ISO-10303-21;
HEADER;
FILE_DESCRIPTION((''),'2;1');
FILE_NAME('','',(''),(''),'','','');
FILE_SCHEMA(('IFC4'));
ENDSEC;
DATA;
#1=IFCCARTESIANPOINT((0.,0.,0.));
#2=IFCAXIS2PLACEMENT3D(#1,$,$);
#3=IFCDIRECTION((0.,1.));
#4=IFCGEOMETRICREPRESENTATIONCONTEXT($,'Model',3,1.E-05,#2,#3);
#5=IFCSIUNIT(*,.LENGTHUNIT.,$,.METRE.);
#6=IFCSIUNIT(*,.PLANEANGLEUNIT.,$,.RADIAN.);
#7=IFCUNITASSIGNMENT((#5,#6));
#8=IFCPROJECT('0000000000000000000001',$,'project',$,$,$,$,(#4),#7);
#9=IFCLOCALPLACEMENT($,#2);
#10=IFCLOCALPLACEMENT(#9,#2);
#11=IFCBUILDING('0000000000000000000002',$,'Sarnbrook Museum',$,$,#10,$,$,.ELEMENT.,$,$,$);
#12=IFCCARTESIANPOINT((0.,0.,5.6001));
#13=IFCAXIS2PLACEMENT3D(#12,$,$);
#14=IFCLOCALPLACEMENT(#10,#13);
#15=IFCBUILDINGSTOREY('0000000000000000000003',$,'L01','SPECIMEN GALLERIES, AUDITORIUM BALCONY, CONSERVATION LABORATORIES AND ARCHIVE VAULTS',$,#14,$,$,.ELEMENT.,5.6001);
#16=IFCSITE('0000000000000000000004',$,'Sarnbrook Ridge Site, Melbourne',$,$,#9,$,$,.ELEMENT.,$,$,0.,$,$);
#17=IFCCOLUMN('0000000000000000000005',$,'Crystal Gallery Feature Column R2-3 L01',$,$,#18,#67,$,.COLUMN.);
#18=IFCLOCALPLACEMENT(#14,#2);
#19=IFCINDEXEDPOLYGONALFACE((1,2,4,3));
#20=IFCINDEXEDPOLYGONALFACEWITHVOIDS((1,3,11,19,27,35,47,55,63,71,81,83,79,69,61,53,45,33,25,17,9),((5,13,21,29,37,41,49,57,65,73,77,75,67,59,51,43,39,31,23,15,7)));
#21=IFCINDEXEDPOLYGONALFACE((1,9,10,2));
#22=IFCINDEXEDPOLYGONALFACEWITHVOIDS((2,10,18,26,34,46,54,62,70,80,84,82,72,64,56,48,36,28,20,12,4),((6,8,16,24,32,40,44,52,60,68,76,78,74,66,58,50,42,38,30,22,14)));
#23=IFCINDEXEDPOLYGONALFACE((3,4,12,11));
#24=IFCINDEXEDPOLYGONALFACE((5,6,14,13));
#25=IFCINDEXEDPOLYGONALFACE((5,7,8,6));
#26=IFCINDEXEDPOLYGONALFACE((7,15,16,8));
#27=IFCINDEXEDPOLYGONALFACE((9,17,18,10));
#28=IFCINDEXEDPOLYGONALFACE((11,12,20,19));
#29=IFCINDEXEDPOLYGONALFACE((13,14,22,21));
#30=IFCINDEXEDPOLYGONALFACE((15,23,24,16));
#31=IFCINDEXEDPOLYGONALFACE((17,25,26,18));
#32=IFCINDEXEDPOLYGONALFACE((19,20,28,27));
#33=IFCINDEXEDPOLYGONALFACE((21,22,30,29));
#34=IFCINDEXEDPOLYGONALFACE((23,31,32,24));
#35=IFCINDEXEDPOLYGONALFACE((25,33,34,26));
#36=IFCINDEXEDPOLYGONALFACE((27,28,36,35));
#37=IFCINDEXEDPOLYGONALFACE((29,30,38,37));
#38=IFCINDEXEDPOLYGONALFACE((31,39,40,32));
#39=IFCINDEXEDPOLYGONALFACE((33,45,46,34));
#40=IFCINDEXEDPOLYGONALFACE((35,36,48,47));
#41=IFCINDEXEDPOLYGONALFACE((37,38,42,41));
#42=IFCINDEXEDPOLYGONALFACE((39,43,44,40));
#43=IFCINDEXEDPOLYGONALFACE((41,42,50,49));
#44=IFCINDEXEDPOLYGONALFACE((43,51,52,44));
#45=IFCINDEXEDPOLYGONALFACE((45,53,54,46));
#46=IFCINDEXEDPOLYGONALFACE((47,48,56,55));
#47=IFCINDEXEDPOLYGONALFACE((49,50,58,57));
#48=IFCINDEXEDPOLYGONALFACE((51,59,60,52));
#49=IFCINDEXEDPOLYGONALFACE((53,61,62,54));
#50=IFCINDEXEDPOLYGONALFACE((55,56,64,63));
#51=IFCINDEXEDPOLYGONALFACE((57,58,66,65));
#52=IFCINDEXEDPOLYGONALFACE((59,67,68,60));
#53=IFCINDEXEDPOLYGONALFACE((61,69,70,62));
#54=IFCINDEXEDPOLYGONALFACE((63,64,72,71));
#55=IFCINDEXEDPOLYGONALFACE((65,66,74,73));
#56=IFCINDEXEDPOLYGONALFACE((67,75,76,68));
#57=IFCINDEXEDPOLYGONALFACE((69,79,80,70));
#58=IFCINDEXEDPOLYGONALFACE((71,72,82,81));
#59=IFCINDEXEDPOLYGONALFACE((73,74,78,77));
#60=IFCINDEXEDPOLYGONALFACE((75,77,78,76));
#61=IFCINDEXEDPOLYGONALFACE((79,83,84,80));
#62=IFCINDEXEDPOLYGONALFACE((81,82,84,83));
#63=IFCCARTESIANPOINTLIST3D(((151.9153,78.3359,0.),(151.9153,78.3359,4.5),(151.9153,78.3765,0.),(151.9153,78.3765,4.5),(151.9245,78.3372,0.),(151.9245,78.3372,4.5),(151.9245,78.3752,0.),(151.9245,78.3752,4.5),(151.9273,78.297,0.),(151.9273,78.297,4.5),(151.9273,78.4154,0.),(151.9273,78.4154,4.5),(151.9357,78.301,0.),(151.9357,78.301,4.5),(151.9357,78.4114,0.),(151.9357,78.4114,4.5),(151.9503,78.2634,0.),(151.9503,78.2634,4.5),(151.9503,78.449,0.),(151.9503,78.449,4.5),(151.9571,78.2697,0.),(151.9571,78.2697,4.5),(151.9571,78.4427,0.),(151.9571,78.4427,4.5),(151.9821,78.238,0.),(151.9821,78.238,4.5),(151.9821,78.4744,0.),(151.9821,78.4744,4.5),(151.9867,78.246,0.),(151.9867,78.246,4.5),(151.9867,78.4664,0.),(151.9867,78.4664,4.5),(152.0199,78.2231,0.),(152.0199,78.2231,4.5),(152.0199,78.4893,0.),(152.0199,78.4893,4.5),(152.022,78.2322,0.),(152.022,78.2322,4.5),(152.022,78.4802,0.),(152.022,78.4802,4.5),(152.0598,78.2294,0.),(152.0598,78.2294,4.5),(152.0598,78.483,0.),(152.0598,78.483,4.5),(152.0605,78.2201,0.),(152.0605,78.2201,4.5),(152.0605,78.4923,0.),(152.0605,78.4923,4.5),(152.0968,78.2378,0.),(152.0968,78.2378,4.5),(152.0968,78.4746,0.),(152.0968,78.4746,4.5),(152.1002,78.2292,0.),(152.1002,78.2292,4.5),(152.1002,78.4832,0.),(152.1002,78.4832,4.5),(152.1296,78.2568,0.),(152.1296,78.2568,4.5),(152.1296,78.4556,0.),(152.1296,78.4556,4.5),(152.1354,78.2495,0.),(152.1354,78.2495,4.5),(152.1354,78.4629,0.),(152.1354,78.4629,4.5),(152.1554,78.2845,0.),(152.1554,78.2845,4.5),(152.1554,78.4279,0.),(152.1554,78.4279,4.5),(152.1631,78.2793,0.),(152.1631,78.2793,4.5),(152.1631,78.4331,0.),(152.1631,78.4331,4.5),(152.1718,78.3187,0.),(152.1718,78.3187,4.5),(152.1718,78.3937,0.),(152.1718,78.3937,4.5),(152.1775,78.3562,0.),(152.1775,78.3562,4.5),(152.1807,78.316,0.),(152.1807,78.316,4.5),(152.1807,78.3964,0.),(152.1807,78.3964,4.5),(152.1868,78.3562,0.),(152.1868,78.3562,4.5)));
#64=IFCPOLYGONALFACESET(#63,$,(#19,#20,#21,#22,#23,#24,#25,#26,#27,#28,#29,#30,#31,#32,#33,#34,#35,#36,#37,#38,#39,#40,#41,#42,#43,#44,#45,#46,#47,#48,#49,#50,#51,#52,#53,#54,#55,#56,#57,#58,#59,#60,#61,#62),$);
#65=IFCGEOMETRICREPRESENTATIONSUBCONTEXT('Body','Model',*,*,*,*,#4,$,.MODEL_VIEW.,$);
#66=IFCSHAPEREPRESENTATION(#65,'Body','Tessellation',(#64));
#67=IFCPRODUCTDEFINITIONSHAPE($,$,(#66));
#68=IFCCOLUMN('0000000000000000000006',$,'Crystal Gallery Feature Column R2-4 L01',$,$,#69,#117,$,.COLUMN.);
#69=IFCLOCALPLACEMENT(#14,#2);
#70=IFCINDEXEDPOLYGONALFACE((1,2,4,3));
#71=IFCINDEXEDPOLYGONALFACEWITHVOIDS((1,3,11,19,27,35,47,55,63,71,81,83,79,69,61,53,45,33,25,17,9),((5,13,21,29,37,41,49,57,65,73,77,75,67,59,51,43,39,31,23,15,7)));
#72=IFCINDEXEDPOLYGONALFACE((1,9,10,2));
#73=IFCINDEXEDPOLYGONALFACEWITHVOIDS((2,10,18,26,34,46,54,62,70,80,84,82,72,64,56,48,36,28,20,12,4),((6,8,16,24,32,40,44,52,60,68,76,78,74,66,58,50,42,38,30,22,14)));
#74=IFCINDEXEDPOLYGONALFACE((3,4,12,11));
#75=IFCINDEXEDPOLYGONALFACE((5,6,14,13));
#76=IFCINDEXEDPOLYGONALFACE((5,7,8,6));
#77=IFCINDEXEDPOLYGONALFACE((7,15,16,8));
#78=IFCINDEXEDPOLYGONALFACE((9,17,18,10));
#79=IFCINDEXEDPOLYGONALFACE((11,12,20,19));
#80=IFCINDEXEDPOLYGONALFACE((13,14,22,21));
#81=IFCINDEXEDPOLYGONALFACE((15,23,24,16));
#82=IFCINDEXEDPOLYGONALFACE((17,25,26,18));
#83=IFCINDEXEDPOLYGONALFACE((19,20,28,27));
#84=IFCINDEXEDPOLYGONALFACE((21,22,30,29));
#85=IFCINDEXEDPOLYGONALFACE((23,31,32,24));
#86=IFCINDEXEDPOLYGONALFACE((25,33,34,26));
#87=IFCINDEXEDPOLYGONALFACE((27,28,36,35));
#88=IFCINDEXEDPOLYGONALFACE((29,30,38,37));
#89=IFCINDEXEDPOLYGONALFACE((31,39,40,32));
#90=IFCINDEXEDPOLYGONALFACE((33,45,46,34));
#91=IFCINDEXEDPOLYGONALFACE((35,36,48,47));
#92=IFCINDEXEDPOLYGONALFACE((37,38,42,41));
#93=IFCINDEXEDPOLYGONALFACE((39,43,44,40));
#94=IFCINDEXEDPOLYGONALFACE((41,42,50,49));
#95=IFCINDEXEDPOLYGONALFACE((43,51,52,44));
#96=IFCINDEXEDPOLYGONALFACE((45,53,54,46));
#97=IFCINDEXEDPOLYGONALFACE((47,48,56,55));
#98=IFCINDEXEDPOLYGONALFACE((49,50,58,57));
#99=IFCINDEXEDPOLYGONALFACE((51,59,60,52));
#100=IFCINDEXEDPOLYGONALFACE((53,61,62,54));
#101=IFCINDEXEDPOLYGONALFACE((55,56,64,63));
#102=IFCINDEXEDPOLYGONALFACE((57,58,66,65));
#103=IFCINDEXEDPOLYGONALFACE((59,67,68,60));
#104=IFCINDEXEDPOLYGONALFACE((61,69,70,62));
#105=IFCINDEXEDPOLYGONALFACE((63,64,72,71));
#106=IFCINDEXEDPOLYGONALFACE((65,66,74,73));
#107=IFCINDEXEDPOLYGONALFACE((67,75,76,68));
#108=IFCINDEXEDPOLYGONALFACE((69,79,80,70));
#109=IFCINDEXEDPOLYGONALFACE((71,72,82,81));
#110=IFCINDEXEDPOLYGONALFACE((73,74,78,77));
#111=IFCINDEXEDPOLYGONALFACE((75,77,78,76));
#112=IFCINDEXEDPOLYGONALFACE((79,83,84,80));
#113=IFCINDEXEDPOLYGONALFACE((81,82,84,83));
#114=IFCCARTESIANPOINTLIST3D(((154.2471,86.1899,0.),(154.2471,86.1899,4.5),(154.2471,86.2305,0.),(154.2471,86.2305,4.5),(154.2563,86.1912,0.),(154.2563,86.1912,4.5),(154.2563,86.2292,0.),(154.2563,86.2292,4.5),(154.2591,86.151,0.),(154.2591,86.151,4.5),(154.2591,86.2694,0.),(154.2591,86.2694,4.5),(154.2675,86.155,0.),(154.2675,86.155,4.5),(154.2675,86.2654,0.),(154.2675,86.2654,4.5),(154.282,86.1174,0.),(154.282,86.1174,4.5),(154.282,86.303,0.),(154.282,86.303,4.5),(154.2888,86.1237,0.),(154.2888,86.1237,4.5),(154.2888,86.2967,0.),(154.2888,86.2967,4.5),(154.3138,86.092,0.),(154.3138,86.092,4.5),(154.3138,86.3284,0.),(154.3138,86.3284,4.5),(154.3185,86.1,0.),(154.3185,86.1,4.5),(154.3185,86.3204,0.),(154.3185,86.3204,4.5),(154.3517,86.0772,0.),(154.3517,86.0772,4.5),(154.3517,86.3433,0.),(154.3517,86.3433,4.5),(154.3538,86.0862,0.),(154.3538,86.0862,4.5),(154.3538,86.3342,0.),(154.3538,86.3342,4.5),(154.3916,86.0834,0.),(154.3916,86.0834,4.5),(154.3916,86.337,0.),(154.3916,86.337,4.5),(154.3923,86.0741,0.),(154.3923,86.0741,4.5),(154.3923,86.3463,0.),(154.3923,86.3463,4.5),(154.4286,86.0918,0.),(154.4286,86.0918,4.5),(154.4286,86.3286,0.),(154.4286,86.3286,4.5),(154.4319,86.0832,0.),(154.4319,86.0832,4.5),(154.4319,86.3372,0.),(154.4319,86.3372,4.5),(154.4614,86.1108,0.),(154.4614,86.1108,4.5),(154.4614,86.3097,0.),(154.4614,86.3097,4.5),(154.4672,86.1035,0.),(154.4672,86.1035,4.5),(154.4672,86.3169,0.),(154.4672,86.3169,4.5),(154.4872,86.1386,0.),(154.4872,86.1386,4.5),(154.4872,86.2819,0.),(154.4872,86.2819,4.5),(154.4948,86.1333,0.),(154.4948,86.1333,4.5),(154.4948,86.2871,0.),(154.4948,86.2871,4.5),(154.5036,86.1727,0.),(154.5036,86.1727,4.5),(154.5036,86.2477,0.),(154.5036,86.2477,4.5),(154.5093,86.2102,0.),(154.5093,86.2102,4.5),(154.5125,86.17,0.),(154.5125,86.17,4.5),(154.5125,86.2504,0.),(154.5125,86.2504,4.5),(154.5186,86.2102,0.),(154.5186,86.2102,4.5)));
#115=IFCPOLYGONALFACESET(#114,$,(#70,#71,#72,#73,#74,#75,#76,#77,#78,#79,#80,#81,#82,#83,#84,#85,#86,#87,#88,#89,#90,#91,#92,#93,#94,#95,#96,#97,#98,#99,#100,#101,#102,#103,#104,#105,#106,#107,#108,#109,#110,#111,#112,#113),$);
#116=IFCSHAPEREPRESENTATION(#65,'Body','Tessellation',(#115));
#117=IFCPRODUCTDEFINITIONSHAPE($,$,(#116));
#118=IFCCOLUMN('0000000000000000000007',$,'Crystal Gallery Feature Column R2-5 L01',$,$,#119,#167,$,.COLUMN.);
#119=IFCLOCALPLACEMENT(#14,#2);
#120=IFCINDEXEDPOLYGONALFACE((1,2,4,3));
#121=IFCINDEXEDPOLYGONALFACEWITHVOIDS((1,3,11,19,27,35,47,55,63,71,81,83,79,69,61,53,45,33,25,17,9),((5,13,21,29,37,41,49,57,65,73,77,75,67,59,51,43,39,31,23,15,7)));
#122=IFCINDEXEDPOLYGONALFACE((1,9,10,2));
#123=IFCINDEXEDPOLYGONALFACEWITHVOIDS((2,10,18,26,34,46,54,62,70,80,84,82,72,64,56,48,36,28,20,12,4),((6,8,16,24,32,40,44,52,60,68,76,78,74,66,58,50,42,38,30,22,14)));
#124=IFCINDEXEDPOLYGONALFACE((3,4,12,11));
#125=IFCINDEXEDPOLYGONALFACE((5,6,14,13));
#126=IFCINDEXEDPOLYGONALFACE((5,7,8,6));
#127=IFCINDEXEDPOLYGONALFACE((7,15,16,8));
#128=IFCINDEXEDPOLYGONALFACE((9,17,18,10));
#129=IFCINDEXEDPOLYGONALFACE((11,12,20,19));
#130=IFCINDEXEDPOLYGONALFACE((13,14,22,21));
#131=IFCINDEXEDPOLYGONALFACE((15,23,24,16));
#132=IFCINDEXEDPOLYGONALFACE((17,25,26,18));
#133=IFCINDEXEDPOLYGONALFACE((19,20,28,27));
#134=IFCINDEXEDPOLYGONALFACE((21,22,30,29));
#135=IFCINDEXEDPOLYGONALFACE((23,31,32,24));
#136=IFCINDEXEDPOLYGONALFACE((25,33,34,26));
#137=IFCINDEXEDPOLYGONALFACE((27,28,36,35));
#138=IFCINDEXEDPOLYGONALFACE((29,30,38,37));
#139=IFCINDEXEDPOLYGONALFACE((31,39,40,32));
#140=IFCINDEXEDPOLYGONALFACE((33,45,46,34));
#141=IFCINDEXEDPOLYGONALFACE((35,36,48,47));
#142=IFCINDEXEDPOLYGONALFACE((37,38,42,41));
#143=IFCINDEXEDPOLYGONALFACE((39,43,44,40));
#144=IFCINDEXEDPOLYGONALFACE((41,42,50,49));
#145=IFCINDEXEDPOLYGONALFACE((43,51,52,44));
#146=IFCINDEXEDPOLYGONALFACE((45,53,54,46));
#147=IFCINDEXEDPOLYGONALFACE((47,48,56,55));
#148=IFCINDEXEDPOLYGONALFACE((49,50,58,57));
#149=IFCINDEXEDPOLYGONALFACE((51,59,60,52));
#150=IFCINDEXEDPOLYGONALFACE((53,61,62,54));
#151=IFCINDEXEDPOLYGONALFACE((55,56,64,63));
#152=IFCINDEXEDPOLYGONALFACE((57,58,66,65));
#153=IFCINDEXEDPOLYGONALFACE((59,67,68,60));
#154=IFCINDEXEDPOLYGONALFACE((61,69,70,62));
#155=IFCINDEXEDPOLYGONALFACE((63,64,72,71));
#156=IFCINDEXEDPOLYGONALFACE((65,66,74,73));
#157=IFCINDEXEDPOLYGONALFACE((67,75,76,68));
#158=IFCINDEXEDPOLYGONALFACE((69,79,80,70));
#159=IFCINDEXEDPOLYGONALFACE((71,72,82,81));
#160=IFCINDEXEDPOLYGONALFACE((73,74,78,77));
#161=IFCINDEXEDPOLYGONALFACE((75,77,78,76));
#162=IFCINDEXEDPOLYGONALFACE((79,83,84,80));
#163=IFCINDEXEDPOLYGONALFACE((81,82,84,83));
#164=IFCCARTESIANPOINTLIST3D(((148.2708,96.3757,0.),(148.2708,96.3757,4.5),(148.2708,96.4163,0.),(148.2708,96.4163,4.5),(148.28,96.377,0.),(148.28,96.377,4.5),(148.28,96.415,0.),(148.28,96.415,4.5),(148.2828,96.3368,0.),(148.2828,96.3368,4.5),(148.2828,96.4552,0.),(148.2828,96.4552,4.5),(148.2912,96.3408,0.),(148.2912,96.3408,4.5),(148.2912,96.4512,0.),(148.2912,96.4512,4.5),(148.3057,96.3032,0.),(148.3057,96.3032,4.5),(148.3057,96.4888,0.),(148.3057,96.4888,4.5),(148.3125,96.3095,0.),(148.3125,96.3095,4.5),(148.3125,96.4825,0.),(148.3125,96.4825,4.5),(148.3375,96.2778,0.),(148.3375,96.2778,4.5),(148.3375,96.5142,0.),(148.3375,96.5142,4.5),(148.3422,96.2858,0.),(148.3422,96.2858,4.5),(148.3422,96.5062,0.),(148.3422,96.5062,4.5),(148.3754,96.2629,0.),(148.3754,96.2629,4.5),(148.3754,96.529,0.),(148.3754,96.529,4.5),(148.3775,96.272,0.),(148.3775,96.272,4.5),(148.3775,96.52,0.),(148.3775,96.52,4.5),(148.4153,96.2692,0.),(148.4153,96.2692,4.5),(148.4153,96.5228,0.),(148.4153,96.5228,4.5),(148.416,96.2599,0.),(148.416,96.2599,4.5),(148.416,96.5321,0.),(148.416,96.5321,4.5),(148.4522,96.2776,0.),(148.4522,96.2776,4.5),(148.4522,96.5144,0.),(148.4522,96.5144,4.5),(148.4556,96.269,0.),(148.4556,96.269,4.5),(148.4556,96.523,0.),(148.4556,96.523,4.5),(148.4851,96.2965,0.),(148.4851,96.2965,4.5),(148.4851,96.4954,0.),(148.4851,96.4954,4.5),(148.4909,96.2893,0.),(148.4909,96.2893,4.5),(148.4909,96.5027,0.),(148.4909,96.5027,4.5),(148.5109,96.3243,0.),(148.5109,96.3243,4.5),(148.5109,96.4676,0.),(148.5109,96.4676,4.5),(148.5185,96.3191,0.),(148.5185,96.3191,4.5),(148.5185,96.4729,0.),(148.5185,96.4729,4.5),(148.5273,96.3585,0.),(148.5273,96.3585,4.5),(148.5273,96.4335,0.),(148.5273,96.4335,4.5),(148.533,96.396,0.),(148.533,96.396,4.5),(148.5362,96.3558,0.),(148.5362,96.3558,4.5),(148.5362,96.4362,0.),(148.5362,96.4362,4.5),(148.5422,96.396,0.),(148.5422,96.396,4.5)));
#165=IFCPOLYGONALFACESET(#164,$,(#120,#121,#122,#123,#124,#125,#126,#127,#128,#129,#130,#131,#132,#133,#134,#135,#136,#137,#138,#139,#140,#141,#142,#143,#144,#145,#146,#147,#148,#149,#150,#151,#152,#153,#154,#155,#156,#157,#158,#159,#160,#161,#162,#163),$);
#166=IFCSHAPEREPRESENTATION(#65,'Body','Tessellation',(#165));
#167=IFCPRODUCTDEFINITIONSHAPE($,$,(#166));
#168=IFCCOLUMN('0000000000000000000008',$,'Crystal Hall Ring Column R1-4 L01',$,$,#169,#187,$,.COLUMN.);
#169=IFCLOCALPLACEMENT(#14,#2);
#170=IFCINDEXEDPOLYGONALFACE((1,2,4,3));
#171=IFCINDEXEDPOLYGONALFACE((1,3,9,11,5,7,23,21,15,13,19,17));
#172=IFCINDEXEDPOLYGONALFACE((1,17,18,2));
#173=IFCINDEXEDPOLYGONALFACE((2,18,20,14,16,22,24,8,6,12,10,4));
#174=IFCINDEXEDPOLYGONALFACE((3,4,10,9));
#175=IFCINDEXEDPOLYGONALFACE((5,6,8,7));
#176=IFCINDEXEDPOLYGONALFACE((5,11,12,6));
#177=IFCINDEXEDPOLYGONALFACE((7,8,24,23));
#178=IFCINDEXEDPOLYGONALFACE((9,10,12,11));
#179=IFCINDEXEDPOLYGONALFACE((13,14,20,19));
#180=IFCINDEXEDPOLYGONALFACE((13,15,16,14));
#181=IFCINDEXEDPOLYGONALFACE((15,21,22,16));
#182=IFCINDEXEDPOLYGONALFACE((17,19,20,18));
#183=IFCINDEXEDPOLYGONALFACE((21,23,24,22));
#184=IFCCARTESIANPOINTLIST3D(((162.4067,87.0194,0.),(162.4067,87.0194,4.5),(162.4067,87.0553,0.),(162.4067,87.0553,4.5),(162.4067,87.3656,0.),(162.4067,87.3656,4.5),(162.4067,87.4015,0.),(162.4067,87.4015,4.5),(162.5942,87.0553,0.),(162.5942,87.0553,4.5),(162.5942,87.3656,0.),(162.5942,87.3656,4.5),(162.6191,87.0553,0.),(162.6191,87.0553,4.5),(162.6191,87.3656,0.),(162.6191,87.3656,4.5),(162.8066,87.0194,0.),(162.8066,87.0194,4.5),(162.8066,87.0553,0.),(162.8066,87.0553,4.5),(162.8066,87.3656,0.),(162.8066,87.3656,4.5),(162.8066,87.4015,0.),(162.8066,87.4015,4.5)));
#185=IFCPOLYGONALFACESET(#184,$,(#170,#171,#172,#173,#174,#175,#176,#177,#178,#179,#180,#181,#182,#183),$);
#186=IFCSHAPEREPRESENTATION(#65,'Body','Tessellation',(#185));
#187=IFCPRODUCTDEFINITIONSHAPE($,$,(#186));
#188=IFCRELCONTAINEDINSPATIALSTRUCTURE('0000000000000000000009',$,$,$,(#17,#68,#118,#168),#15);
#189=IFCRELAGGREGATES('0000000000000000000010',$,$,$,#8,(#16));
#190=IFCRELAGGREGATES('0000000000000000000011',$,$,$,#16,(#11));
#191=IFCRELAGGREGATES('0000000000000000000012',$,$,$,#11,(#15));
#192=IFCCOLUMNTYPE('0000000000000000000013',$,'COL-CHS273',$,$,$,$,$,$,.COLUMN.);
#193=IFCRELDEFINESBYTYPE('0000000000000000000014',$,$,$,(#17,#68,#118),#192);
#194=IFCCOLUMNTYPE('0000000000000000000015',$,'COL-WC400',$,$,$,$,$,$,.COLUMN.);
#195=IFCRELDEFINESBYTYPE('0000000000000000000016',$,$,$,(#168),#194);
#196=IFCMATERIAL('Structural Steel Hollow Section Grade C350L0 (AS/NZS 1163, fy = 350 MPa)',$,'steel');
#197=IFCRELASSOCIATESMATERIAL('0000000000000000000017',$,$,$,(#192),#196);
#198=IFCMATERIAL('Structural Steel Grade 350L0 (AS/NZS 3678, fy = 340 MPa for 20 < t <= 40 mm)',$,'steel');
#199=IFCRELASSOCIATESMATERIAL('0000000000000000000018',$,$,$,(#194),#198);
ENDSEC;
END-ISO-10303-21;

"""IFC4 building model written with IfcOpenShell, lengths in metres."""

from ifc_helpers import new_model, si_unit, direction, frame, origin, origin_2d, place, context, subcontext, project, spatial, hollow_circle, i_section, extrude, material, material_profile, profile_set, type_object, element, save


model = new_model("IFC4")

# Units and contexts
model_context = context("Model", 3, precision=1e-05, world=origin(), true_north=direction((0.0, 1.0)))
body_context = subcontext(model_context, "Body", "Model", "MODEL_VIEW")
ifc_project = project(units=[si_unit("LENGTHUNIT", "METRE"), si_unit("PLANEANGLEUNIT", "RADIAN")], contexts=[model_context])

# Site, building, storey
site_placement = place(None, origin())
site = spatial("IfcSite", under=ifc_project, at=site_placement, Name="Sarnbrook Ridge Site, Melbourne", CompositionType="ELEMENT", RefElevation=0.0)
building_placement = place(site_placement, origin())
building = spatial("IfcBuilding", under=site, at=building_placement, Name="Sarnbrook Museum", CompositionType="ELEMENT")
storey_placement = place(building_placement, frame((0.0, 0.0, 5.6001)))
storey = spatial("IfcBuildingStorey", under=building, at=storey_placement, Name="L01", Description="SPECIMEN GALLERIES, AUDITORIUM BALCONY, CONSERVATION LABORATORIES AND ARCHIVE VAULTS", CompositionType="ELEMENT", Elevation=5.6001)

# Columns
ifc_material_1 = material(Name="Structural Steel Hollow Section Grade C350L0 (AS/NZS 1163, fy = 350 MPa)", Category="steel")
ifc_material_profile_1 = material_profile(ifc_material_1, hollow_circle(Radius=0.1365, WallThickness=0.0093, at=origin_2d()), Name="273.1x9.3CHS")
ifc_profile_set_1 = profile_set([ifc_material_profile_1], Name="Structural Steel Hollow Section Grade C350L0 (AS/NZS 1163, fy = 350 MPa)")
column_type_1 = type_object("IfcColumnType", Name="COL-CHS273", PredefinedType="COLUMN", material=ifc_profile_set_1)
for number, where, z_axis, x_axis, name in (
    (1, (152.0503, 78.3562, 0.0), (0.0, 0.0, 1.0), (1.0, 0.0, 0.0), "Crystal Gallery Feature Column R2-3 L01"),
    (2, (154.3821, 86.2102, 0.0), (0.0, 0.0, 1.0), (1.0, 0.0, 0.0), "Crystal Gallery Feature Column R2-4 L01"),
    (3, (148.4058, 96.396, 0.0), (0.0, 0.0, 1.0), (1.0, 0.0, 0.0), "Crystal Gallery Feature Column R2-5 L01"),
):
    element("IfcColumn", number, at=place(storey_placement, frame(where, z_axis=z_axis, x_axis=x_axis)), inside=storey, type_object=column_type_1, Name=name, PredefinedType="COLUMN", context=body_context, shape_type="SweptSolid", body=[
        extrude(hollow_circle(Radius=0.1365, WallThickness=0.0093, at=origin_2d()), origin(), (0.0, 0.0, 1.0), 4.5),
    ])
ifc_material_2 = material(Name="Structural Steel Grade 350L0 (AS/NZS 3678, fy = 340 MPa for 20 < t <= 40 mm)", Category="steel")
ifc_material_profile_2 = material_profile(ifc_material_2, i_section(OverallWidth=0.3999, OverallDepth=0.3821, WebThickness=0.0249, FlangeThickness=0.0359, at=origin_2d()), Name="400WC270")
ifc_profile_set_2 = profile_set([ifc_material_profile_2], Name="Structural Steel Grade 350L0 (AS/NZS 3678, fy = 340 MPa for 20 < t <= 40 mm)")
column_type_2 = type_object("IfcColumnType", Name="COL-WC400", PredefinedType="COLUMN", material=ifc_profile_set_2)
column_placement = place(storey_placement, frame((162.6067, 87.2104, 0.0), z_axis=(0.0, 0.0, 1.0), x_axis=(1.0, 0.0, 0.0)))
element("IfcColumn", 4, at=column_placement, inside=storey, type_object=column_type_2, Name="Crystal Hall Ring Column R1-4 L01", PredefinedType="COLUMN", context=body_context, shape_type="SweptSolid", body=[
    extrude(i_section(OverallWidth=0.3999, OverallDepth=0.3821, WebThickness=0.0249, FlangeThickness=0.0359, at=origin_2d()), origin(), (0.0, 0.0, 1.0), 4.5),
])

save(model, "model.ifc")
